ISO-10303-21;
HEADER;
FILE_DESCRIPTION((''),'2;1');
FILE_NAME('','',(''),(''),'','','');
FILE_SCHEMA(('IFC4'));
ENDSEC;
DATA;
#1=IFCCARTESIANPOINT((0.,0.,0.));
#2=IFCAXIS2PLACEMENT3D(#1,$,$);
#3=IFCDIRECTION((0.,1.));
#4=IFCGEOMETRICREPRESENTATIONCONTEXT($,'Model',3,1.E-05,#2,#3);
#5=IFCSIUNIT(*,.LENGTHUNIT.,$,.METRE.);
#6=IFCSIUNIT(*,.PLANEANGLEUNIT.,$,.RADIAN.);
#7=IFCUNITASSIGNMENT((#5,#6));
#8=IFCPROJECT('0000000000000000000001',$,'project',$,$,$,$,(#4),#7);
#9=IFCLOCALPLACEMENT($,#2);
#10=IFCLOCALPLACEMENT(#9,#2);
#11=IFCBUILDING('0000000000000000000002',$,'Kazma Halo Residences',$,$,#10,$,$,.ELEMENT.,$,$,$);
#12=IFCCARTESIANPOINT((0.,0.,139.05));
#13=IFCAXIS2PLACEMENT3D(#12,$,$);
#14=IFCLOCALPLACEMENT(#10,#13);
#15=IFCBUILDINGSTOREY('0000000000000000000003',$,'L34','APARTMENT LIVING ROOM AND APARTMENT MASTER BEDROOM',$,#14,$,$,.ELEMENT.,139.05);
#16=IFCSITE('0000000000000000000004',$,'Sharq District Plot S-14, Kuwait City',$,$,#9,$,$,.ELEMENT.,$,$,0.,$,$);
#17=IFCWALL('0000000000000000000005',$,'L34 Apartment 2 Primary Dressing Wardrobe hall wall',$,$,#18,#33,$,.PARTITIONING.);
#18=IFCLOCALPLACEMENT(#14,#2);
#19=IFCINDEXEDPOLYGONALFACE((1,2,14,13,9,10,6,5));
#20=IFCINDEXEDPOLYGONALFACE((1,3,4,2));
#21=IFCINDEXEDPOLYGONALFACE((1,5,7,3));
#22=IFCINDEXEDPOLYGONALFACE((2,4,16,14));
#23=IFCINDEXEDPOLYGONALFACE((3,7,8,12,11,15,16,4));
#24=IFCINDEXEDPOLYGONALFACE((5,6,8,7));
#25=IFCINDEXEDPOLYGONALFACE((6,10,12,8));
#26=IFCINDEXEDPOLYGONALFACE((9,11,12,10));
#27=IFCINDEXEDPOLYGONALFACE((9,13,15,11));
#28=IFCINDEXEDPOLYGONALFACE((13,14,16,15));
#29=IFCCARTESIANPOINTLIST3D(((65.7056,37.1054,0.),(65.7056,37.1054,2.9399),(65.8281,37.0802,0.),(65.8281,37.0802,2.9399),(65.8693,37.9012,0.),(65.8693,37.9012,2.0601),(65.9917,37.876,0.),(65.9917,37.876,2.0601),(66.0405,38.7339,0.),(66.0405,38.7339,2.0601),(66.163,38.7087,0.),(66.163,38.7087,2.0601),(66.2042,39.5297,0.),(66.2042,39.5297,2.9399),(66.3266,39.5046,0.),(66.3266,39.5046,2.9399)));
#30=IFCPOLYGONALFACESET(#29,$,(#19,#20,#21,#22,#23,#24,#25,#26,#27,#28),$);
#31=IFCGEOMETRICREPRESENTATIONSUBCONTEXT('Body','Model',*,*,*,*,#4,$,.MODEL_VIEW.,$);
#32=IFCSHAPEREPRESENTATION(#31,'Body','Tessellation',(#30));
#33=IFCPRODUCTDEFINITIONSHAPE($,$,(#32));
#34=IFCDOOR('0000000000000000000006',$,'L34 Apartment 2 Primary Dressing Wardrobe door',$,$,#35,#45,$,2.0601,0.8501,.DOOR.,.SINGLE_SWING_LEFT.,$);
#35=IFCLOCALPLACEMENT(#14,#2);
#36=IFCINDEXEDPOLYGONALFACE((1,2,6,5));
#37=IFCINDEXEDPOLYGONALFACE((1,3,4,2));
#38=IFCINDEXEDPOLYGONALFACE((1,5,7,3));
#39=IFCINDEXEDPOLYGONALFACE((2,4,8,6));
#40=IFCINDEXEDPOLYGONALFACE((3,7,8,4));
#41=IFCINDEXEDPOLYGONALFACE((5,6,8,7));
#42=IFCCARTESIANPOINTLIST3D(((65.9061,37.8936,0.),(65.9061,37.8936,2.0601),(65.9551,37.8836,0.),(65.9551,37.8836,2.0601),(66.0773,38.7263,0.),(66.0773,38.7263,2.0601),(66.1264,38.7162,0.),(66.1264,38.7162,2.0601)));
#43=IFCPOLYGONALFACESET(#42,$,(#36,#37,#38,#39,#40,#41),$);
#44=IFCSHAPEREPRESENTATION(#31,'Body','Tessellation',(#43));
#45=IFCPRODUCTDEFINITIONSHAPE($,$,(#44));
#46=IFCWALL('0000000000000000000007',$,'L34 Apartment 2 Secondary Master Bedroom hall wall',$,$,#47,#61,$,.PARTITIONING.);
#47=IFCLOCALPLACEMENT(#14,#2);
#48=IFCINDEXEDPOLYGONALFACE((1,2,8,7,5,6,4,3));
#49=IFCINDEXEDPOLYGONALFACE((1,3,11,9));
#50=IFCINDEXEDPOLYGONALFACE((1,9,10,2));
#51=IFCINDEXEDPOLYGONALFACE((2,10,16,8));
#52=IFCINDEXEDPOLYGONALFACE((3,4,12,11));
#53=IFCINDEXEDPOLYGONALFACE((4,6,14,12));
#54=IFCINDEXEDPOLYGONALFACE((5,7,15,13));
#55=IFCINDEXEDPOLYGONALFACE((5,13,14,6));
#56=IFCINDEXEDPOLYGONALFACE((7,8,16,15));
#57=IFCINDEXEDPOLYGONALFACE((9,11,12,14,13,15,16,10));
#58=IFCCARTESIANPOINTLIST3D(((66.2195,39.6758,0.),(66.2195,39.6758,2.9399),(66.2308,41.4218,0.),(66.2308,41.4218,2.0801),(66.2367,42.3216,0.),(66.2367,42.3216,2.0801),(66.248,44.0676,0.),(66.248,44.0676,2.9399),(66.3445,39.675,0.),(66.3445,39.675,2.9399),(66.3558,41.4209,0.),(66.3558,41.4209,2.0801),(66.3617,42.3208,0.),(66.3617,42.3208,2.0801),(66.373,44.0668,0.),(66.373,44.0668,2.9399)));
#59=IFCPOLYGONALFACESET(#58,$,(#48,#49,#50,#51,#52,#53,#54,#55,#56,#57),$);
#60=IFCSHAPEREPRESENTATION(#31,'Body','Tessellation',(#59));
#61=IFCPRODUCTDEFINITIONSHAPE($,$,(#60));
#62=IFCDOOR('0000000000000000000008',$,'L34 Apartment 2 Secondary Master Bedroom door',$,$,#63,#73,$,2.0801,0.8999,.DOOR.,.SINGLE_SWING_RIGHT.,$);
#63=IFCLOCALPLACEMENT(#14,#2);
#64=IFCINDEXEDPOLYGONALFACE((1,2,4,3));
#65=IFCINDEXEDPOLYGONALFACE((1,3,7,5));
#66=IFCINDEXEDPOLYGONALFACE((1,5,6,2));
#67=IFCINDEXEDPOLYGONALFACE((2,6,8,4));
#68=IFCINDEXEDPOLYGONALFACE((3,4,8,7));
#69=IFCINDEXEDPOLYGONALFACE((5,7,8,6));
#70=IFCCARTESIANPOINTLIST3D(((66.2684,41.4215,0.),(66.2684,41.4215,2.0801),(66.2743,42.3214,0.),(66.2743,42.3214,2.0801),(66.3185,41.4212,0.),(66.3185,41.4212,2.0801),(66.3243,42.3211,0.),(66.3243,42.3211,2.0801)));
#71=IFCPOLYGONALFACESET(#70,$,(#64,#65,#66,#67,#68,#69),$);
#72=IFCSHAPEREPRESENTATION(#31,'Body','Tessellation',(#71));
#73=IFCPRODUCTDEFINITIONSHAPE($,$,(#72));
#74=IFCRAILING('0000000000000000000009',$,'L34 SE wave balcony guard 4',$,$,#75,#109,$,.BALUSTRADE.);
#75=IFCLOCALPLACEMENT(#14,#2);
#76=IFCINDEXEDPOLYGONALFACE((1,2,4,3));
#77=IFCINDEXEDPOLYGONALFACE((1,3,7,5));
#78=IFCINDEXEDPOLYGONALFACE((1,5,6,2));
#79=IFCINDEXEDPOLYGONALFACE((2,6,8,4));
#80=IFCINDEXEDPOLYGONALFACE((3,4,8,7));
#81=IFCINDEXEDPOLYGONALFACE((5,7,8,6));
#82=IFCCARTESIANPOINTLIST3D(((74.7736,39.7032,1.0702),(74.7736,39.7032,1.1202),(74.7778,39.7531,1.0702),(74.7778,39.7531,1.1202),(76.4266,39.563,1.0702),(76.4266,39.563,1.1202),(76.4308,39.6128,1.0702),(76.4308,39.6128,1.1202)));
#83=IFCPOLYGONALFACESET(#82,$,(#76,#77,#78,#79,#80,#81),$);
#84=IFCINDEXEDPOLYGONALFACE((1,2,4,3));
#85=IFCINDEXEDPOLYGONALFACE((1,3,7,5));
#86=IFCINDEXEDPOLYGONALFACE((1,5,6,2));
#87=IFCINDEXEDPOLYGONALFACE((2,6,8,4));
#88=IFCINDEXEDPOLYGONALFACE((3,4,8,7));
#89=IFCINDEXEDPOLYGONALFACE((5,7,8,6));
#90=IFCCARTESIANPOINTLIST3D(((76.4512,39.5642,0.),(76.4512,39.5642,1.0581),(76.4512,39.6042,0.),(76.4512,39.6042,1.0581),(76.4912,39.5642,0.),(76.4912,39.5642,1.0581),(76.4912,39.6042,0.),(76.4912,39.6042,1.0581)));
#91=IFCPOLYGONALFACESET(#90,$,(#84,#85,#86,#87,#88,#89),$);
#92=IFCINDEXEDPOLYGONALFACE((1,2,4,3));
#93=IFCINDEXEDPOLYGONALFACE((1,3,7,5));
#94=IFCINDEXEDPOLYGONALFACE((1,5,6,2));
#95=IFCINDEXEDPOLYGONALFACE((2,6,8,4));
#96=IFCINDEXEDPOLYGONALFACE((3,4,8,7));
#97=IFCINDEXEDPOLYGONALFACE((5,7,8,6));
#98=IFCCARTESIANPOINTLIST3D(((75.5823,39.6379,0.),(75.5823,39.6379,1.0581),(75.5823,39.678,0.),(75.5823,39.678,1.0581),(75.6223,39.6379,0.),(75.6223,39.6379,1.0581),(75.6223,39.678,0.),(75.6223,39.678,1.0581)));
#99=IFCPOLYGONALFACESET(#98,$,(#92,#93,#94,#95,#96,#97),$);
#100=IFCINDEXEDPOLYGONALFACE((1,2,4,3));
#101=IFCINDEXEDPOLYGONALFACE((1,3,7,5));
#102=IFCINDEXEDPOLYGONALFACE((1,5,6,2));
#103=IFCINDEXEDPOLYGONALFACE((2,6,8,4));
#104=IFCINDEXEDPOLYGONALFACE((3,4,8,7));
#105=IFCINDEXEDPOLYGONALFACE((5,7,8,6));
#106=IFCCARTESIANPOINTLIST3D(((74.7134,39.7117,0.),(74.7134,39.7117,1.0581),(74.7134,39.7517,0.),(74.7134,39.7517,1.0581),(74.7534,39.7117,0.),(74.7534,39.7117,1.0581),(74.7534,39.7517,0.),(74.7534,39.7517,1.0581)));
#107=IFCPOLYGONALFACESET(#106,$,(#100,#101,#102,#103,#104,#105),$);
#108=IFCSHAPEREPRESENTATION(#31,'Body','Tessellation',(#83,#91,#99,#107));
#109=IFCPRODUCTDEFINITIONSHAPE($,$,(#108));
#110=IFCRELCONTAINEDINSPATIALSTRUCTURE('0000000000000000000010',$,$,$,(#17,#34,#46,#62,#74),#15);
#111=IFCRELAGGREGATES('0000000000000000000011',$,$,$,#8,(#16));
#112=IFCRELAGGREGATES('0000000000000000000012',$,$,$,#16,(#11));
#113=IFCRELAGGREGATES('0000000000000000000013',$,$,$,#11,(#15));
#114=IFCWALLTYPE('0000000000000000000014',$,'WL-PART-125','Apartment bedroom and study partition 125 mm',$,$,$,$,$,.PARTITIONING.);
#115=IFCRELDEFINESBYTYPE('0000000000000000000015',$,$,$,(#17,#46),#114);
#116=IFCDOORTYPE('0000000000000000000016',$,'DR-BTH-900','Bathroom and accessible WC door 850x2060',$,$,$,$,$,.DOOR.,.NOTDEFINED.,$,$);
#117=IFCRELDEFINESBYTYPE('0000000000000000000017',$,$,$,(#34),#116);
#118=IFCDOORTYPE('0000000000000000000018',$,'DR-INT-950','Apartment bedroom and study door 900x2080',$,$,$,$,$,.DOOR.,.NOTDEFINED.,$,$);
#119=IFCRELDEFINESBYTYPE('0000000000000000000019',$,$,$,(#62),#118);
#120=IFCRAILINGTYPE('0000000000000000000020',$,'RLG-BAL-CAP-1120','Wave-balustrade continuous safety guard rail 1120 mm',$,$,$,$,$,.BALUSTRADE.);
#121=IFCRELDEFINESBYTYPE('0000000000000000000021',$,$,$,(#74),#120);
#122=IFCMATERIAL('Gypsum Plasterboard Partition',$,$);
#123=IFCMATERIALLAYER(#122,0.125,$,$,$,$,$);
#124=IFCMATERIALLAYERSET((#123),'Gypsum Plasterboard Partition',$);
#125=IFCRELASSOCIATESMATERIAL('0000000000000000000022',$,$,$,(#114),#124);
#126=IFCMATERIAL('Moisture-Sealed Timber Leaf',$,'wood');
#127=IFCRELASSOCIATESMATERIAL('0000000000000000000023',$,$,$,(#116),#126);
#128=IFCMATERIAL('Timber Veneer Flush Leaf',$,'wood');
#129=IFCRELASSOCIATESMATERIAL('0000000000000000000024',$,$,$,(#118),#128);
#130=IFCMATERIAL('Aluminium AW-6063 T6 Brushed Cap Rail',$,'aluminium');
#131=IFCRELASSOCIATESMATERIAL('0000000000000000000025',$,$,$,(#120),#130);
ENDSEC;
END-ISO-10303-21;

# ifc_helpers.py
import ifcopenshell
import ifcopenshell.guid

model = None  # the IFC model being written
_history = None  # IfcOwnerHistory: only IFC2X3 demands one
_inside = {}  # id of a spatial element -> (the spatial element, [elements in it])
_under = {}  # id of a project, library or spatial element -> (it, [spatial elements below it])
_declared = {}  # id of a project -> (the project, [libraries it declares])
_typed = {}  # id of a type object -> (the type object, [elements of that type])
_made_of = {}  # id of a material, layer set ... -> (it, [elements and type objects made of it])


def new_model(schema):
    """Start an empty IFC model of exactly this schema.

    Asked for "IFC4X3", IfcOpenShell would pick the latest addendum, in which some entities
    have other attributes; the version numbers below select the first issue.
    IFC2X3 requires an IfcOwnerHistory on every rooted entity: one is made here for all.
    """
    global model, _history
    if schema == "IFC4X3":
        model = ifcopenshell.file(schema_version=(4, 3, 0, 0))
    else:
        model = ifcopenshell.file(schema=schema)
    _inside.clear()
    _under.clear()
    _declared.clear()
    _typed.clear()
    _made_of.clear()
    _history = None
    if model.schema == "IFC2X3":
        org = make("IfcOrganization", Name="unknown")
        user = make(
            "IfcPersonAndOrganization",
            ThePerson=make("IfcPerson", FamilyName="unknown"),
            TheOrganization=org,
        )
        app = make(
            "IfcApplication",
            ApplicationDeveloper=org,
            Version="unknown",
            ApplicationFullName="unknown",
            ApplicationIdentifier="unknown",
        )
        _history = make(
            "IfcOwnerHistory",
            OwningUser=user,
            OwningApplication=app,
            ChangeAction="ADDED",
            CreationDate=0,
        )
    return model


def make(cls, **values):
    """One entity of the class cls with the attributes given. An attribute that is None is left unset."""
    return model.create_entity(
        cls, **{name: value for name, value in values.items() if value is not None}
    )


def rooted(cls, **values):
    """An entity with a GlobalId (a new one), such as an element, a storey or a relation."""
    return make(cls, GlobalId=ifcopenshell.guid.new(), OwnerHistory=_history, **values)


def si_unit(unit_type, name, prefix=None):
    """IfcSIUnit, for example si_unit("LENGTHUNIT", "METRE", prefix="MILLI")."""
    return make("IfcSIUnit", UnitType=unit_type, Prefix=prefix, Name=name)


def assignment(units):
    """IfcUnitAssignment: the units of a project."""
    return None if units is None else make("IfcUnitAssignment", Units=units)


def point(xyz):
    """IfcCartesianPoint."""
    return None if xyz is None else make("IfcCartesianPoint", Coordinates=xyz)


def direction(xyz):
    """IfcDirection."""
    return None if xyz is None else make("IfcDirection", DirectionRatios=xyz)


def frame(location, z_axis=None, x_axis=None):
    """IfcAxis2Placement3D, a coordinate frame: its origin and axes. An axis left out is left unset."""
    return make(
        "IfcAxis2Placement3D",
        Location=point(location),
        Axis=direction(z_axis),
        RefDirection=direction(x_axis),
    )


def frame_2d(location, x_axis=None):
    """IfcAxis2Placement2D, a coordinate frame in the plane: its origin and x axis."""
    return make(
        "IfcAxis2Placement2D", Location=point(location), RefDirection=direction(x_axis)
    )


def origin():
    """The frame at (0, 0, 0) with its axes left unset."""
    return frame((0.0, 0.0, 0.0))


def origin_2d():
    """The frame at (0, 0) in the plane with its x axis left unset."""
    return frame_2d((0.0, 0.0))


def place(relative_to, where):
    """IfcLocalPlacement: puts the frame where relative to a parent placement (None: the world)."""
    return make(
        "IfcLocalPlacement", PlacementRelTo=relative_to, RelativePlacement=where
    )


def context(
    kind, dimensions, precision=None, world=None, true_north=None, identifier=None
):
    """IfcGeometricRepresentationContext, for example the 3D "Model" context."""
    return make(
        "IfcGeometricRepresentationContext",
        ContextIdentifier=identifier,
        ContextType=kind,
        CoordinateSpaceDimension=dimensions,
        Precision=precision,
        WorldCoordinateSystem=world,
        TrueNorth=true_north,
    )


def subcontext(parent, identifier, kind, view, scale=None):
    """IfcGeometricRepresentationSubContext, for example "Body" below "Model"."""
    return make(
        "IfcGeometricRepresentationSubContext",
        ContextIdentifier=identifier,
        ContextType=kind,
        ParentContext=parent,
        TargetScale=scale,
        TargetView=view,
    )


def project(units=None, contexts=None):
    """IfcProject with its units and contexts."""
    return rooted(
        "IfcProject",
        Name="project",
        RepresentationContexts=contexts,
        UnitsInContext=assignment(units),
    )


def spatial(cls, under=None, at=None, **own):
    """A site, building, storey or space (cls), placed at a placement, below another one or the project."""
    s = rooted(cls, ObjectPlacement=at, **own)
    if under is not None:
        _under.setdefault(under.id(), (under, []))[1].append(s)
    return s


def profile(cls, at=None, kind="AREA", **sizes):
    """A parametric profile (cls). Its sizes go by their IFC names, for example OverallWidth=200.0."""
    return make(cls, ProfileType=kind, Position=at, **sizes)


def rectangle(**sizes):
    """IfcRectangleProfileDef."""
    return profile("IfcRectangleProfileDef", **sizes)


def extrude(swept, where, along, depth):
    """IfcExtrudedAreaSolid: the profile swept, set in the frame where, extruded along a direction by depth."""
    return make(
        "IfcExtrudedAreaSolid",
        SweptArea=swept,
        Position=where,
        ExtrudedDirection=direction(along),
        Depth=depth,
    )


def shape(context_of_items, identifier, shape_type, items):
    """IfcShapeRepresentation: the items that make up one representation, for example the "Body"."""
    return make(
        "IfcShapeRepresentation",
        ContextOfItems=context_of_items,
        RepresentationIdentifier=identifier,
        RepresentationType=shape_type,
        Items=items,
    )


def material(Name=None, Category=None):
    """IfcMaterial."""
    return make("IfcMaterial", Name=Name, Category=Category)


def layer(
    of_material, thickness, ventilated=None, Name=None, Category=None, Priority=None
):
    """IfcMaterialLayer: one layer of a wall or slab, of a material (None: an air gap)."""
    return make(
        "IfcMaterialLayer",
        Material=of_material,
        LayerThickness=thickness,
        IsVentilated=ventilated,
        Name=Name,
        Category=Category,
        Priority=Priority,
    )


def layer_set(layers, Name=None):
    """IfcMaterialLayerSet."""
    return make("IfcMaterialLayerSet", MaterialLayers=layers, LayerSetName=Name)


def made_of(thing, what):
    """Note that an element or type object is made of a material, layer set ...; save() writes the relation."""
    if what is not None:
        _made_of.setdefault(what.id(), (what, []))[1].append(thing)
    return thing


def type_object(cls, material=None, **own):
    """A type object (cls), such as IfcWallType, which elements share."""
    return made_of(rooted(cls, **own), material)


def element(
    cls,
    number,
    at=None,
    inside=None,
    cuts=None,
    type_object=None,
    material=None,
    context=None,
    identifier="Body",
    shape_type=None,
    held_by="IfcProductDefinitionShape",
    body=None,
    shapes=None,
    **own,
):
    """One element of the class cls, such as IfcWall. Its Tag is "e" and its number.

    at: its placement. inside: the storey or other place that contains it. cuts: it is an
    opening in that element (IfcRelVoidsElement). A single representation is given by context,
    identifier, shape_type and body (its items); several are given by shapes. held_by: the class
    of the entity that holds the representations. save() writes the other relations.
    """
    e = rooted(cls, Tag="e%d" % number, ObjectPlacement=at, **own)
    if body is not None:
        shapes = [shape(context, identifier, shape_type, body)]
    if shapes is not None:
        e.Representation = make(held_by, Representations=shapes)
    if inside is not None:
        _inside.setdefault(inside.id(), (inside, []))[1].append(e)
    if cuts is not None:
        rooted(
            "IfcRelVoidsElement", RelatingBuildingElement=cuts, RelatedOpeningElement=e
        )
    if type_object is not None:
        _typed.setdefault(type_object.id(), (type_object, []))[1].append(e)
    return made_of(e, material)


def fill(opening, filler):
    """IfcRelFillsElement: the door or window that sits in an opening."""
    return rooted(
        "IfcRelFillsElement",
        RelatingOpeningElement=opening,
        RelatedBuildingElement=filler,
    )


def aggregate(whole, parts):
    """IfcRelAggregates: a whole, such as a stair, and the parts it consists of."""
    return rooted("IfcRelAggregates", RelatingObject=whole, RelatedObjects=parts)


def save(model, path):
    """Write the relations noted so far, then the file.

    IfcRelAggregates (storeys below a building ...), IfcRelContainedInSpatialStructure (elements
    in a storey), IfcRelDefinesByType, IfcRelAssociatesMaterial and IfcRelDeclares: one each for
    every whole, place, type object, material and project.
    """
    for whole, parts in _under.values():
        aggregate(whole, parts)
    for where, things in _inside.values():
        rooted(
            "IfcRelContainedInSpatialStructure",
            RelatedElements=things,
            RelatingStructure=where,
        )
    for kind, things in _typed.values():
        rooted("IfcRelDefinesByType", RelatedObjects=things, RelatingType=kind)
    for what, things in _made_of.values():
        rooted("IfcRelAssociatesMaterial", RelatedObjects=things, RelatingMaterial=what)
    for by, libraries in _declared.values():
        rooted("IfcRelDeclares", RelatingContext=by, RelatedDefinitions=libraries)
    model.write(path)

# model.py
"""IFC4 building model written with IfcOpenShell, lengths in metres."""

from ifc_helpers import new_model, si_unit, direction, frame, frame_2d, origin, origin_2d, place, context, subcontext, project, spatial, rectangle, extrude, material, layer, layer_set, type_object, element, fill, save


model = new_model("IFC4")

# Units and contexts
model_context = context("Model", 3, precision=1e-05, world=origin(), true_north=direction((0.0, 1.0)))
body_context = subcontext(model_context, "Body", "Model", "MODEL_VIEW")
ifc_project = project(units=[si_unit("LENGTHUNIT", "METRE"), si_unit("PLANEANGLEUNIT", "RADIAN")], contexts=[model_context])

# Site, building, storey
site_placement = place(None, origin())
site = spatial("IfcSite", under=ifc_project, at=site_placement, Name="Sharq District Plot S-14, Kuwait City", CompositionType="ELEMENT", RefElevation=0.0)
building_placement = place(site_placement, origin())
building = spatial("IfcBuilding", under=site, at=building_placement, Name="Kazma Halo Residences", CompositionType="ELEMENT")
storey_placement = place(building_placement, frame((0.0, 0.0, 139.05)))
storey = spatial("IfcBuildingStorey", under=building, at=storey_placement, Name="L34", Description="APARTMENT LIVING ROOM AND APARTMENT MASTER BEDROOM", CompositionType="ELEMENT", Elevation=139.05)

# Shared definitions
ifc_material_1 = material(Name="Gypsum Plasterboard Partition")
ifc_layer_1 = layer(ifc_material_1, 0.125)
ifc_layer_set_1 = layer_set([ifc_layer_1], Name="Gypsum Plasterboard Partition")
wall_type_1 = type_object("IfcWallType", Name="WL-PART-125", Description="Apartment bedroom and study partition 125 mm", PredefinedType="PARTITIONING", material=ifc_layer_set_1)

# Walls, openings, doors
wall_1_placement = place(storey_placement, frame((65.7668, 37.0928, 0.0), z_axis=(0.0, 0.0, 1.0), x_axis=(0.201425, 0.979504, 0.0)))
wall_1 = element("IfcWall", 1, at=wall_1_placement, inside=storey, type_object=wall_type_1, Name="L34 Apartment 2 Primary Dressing Wardrobe hall wall", PredefinedType="PARTITIONING", context=body_context, shape_type="SweptSolid", body=[
    extrude(rectangle(XDim=2.4751, YDim=0.125, at=frame_2d((1.2375, 0.0))), origin(), (0.0, 0.0, 1.0), 2.9399),
])
opening_1_placement = place(wall_1_placement, frame((0.8125, 0.0, 0.0)))
opening_1 = element("IfcOpeningElement", 2, at=opening_1_placement, cuts=wall_1, PredefinedType="OPENING", context=body_context, shape_type="SweptSolid", body=[
    extrude(rectangle(XDim=0.8501, YDim=2.0601, at=frame_2d((0.425, 1.03))), frame((0.0, 0.0725, 0.0), z_axis=(0.0, -1.0, 0.0), x_axis=(1.0, 0.0, 0.0)), (0.0, 0.0, 1.0), 0.145),
])
ifc_material_2 = material(Name="Moisture-Sealed Timber Leaf", Category="wood")
door_type_1 = type_object("IfcDoorType", Name="DR-BTH-900", Description="Bathroom and accessible WC door 850x2060", OperationType="NOTDEFINED", PredefinedType="DOOR", material=ifc_material_2)
door_1_placement = place(opening_1_placement, origin())
door_1 = element("IfcDoor", 3, at=door_1_placement, inside=storey, type_object=door_type_1, Name="L34 Apartment 2 Primary Dressing Wardrobe door", OperationType="SINGLE_SWING_LEFT", OverallHeight=2.0601, OverallWidth=0.8501, PredefinedType="DOOR", context=body_context, shape_type="SweptSolid", body=[
    extrude(rectangle(XDim=0.8501, YDim=2.0601, at=frame_2d((0.425, 1.03))), frame((0.0, 0.0249, 0.0), z_axis=(0.0, -1.0, 0.0), x_axis=(1.0, 0.0, 0.0)), (0.0, 0.0, 1.0), 0.05),
])
fill(opening_1, door_1)
wall_2_placement = place(storey_placement, frame((66.282, 39.6755, 0.0), z_axis=(0.0, 0.0, 1.0), x_axis=(0.006504, 0.999979, 0.0)))
wall_2 = element("IfcWall", 4, at=wall_2_placement, inside=storey, type_object=wall_type_1, Name="L34 Apartment 2 Secondary Master Bedroom hall wall", PredefinedType="PARTITIONING", context=body_context, shape_type="SweptSolid", body=[
    extrude(rectangle(XDim=4.3918, YDim=0.125, at=frame_2d((2.1958, 0.0))), origin(), (0.0, 0.0, 1.0), 2.9399),
])
opening_2_placement = place(wall_2_placement, frame((1.7458, 0.0, 0.0)))
opening_2 = element("IfcOpeningElement", 5, at=opening_2_placement, cuts=wall_2, PredefinedType="OPENING", context=body_context, shape_type="SweptSolid", body=[
    extrude(rectangle(XDim=0.8999, YDim=2.0801, at=frame_2d((0.45, 1.04))), frame((0.0, 0.0725, 0.0), z_axis=(0.0, -1.0, 0.0), x_axis=(1.0, 0.0, 0.0)), (0.0, 0.0, 1.0), 0.145),
])
ifc_material_3 = material(Name="Timber Veneer Flush Leaf", Category="wood")
door_type_2 = type_object("IfcDoorType", Name="DR-INT-950", Description="Apartment bedroom and study door 900x2080", OperationType="NOTDEFINED", PredefinedType="DOOR", material=ifc_material_3)
door_2_placement = place(opening_2_placement, origin())
door_2 = element("IfcDoor", 6, at=door_2_placement, inside=storey, type_object=door_type_2, Name="L34 Apartment 2 Secondary Master Bedroom door", OperationType="SINGLE_SWING_RIGHT", OverallHeight=2.0801, OverallWidth=0.8999, PredefinedType="DOOR", context=body_context, shape_type="SweptSolid", body=[
    extrude(rectangle(XDim=0.8999, YDim=2.0801, at=frame_2d((0.45, 1.04))), frame((0.0, 0.0249, 0.0), z_axis=(0.0, -1.0, 0.0), x_axis=(1.0, 0.0, 0.0)), (0.0, 0.0, 1.0), 0.05),
])
fill(opening_2, door_2)

# Railing
ifc_material_4 = material(Name="Aluminium AW-6063 T6 Brushed Cap Rail", Category="aluminium")
railing_type = type_object("IfcRailingType", Name="RLG-BAL-CAP-1120", Description="Wave-balustrade continuous safety guard rail 1120 mm", PredefinedType="BALUSTRADE", material=ifc_material_4)
railing_placement = place(storey_placement, frame((76.4712, 39.5842, 0.0)))
element("IfcRailing", 7, at=railing_placement, inside=storey, type_object=railing_type, Name="L34 SE wave balcony guard 4", PredefinedType="BALUSTRADE", context=body_context, shape_type="SweptSolid", body=[
    extrude(rectangle(XDim=0.05, YDim=0.05, at=origin_2d()), frame((-0.0425, 0.0037, 1.0952), z_axis=(-0.996419, 0.084551, 0.0), x_axis=(-0.084551, -0.996419, 0.0)), (0.0, 0.0, 1.0), 1.6589),
    extrude(rectangle(XDim=0.04, YDim=0.04, at=origin_2d()), origin(), (0.0, 0.0, 1.0), 1.0581),
    extrude(rectangle(XDim=0.04, YDim=0.04, at=origin_2d()), frame((-0.8689, 0.0737, 0.0)), (0.0, 0.0, 1.0), 1.0581),
    extrude(rectangle(XDim=0.04, YDim=0.04, at=origin_2d()), frame((-1.7378, 0.1475, 0.0)), (0.0, 0.0, 1.0), 1.0581),
])

save(model, "model.ifc")
